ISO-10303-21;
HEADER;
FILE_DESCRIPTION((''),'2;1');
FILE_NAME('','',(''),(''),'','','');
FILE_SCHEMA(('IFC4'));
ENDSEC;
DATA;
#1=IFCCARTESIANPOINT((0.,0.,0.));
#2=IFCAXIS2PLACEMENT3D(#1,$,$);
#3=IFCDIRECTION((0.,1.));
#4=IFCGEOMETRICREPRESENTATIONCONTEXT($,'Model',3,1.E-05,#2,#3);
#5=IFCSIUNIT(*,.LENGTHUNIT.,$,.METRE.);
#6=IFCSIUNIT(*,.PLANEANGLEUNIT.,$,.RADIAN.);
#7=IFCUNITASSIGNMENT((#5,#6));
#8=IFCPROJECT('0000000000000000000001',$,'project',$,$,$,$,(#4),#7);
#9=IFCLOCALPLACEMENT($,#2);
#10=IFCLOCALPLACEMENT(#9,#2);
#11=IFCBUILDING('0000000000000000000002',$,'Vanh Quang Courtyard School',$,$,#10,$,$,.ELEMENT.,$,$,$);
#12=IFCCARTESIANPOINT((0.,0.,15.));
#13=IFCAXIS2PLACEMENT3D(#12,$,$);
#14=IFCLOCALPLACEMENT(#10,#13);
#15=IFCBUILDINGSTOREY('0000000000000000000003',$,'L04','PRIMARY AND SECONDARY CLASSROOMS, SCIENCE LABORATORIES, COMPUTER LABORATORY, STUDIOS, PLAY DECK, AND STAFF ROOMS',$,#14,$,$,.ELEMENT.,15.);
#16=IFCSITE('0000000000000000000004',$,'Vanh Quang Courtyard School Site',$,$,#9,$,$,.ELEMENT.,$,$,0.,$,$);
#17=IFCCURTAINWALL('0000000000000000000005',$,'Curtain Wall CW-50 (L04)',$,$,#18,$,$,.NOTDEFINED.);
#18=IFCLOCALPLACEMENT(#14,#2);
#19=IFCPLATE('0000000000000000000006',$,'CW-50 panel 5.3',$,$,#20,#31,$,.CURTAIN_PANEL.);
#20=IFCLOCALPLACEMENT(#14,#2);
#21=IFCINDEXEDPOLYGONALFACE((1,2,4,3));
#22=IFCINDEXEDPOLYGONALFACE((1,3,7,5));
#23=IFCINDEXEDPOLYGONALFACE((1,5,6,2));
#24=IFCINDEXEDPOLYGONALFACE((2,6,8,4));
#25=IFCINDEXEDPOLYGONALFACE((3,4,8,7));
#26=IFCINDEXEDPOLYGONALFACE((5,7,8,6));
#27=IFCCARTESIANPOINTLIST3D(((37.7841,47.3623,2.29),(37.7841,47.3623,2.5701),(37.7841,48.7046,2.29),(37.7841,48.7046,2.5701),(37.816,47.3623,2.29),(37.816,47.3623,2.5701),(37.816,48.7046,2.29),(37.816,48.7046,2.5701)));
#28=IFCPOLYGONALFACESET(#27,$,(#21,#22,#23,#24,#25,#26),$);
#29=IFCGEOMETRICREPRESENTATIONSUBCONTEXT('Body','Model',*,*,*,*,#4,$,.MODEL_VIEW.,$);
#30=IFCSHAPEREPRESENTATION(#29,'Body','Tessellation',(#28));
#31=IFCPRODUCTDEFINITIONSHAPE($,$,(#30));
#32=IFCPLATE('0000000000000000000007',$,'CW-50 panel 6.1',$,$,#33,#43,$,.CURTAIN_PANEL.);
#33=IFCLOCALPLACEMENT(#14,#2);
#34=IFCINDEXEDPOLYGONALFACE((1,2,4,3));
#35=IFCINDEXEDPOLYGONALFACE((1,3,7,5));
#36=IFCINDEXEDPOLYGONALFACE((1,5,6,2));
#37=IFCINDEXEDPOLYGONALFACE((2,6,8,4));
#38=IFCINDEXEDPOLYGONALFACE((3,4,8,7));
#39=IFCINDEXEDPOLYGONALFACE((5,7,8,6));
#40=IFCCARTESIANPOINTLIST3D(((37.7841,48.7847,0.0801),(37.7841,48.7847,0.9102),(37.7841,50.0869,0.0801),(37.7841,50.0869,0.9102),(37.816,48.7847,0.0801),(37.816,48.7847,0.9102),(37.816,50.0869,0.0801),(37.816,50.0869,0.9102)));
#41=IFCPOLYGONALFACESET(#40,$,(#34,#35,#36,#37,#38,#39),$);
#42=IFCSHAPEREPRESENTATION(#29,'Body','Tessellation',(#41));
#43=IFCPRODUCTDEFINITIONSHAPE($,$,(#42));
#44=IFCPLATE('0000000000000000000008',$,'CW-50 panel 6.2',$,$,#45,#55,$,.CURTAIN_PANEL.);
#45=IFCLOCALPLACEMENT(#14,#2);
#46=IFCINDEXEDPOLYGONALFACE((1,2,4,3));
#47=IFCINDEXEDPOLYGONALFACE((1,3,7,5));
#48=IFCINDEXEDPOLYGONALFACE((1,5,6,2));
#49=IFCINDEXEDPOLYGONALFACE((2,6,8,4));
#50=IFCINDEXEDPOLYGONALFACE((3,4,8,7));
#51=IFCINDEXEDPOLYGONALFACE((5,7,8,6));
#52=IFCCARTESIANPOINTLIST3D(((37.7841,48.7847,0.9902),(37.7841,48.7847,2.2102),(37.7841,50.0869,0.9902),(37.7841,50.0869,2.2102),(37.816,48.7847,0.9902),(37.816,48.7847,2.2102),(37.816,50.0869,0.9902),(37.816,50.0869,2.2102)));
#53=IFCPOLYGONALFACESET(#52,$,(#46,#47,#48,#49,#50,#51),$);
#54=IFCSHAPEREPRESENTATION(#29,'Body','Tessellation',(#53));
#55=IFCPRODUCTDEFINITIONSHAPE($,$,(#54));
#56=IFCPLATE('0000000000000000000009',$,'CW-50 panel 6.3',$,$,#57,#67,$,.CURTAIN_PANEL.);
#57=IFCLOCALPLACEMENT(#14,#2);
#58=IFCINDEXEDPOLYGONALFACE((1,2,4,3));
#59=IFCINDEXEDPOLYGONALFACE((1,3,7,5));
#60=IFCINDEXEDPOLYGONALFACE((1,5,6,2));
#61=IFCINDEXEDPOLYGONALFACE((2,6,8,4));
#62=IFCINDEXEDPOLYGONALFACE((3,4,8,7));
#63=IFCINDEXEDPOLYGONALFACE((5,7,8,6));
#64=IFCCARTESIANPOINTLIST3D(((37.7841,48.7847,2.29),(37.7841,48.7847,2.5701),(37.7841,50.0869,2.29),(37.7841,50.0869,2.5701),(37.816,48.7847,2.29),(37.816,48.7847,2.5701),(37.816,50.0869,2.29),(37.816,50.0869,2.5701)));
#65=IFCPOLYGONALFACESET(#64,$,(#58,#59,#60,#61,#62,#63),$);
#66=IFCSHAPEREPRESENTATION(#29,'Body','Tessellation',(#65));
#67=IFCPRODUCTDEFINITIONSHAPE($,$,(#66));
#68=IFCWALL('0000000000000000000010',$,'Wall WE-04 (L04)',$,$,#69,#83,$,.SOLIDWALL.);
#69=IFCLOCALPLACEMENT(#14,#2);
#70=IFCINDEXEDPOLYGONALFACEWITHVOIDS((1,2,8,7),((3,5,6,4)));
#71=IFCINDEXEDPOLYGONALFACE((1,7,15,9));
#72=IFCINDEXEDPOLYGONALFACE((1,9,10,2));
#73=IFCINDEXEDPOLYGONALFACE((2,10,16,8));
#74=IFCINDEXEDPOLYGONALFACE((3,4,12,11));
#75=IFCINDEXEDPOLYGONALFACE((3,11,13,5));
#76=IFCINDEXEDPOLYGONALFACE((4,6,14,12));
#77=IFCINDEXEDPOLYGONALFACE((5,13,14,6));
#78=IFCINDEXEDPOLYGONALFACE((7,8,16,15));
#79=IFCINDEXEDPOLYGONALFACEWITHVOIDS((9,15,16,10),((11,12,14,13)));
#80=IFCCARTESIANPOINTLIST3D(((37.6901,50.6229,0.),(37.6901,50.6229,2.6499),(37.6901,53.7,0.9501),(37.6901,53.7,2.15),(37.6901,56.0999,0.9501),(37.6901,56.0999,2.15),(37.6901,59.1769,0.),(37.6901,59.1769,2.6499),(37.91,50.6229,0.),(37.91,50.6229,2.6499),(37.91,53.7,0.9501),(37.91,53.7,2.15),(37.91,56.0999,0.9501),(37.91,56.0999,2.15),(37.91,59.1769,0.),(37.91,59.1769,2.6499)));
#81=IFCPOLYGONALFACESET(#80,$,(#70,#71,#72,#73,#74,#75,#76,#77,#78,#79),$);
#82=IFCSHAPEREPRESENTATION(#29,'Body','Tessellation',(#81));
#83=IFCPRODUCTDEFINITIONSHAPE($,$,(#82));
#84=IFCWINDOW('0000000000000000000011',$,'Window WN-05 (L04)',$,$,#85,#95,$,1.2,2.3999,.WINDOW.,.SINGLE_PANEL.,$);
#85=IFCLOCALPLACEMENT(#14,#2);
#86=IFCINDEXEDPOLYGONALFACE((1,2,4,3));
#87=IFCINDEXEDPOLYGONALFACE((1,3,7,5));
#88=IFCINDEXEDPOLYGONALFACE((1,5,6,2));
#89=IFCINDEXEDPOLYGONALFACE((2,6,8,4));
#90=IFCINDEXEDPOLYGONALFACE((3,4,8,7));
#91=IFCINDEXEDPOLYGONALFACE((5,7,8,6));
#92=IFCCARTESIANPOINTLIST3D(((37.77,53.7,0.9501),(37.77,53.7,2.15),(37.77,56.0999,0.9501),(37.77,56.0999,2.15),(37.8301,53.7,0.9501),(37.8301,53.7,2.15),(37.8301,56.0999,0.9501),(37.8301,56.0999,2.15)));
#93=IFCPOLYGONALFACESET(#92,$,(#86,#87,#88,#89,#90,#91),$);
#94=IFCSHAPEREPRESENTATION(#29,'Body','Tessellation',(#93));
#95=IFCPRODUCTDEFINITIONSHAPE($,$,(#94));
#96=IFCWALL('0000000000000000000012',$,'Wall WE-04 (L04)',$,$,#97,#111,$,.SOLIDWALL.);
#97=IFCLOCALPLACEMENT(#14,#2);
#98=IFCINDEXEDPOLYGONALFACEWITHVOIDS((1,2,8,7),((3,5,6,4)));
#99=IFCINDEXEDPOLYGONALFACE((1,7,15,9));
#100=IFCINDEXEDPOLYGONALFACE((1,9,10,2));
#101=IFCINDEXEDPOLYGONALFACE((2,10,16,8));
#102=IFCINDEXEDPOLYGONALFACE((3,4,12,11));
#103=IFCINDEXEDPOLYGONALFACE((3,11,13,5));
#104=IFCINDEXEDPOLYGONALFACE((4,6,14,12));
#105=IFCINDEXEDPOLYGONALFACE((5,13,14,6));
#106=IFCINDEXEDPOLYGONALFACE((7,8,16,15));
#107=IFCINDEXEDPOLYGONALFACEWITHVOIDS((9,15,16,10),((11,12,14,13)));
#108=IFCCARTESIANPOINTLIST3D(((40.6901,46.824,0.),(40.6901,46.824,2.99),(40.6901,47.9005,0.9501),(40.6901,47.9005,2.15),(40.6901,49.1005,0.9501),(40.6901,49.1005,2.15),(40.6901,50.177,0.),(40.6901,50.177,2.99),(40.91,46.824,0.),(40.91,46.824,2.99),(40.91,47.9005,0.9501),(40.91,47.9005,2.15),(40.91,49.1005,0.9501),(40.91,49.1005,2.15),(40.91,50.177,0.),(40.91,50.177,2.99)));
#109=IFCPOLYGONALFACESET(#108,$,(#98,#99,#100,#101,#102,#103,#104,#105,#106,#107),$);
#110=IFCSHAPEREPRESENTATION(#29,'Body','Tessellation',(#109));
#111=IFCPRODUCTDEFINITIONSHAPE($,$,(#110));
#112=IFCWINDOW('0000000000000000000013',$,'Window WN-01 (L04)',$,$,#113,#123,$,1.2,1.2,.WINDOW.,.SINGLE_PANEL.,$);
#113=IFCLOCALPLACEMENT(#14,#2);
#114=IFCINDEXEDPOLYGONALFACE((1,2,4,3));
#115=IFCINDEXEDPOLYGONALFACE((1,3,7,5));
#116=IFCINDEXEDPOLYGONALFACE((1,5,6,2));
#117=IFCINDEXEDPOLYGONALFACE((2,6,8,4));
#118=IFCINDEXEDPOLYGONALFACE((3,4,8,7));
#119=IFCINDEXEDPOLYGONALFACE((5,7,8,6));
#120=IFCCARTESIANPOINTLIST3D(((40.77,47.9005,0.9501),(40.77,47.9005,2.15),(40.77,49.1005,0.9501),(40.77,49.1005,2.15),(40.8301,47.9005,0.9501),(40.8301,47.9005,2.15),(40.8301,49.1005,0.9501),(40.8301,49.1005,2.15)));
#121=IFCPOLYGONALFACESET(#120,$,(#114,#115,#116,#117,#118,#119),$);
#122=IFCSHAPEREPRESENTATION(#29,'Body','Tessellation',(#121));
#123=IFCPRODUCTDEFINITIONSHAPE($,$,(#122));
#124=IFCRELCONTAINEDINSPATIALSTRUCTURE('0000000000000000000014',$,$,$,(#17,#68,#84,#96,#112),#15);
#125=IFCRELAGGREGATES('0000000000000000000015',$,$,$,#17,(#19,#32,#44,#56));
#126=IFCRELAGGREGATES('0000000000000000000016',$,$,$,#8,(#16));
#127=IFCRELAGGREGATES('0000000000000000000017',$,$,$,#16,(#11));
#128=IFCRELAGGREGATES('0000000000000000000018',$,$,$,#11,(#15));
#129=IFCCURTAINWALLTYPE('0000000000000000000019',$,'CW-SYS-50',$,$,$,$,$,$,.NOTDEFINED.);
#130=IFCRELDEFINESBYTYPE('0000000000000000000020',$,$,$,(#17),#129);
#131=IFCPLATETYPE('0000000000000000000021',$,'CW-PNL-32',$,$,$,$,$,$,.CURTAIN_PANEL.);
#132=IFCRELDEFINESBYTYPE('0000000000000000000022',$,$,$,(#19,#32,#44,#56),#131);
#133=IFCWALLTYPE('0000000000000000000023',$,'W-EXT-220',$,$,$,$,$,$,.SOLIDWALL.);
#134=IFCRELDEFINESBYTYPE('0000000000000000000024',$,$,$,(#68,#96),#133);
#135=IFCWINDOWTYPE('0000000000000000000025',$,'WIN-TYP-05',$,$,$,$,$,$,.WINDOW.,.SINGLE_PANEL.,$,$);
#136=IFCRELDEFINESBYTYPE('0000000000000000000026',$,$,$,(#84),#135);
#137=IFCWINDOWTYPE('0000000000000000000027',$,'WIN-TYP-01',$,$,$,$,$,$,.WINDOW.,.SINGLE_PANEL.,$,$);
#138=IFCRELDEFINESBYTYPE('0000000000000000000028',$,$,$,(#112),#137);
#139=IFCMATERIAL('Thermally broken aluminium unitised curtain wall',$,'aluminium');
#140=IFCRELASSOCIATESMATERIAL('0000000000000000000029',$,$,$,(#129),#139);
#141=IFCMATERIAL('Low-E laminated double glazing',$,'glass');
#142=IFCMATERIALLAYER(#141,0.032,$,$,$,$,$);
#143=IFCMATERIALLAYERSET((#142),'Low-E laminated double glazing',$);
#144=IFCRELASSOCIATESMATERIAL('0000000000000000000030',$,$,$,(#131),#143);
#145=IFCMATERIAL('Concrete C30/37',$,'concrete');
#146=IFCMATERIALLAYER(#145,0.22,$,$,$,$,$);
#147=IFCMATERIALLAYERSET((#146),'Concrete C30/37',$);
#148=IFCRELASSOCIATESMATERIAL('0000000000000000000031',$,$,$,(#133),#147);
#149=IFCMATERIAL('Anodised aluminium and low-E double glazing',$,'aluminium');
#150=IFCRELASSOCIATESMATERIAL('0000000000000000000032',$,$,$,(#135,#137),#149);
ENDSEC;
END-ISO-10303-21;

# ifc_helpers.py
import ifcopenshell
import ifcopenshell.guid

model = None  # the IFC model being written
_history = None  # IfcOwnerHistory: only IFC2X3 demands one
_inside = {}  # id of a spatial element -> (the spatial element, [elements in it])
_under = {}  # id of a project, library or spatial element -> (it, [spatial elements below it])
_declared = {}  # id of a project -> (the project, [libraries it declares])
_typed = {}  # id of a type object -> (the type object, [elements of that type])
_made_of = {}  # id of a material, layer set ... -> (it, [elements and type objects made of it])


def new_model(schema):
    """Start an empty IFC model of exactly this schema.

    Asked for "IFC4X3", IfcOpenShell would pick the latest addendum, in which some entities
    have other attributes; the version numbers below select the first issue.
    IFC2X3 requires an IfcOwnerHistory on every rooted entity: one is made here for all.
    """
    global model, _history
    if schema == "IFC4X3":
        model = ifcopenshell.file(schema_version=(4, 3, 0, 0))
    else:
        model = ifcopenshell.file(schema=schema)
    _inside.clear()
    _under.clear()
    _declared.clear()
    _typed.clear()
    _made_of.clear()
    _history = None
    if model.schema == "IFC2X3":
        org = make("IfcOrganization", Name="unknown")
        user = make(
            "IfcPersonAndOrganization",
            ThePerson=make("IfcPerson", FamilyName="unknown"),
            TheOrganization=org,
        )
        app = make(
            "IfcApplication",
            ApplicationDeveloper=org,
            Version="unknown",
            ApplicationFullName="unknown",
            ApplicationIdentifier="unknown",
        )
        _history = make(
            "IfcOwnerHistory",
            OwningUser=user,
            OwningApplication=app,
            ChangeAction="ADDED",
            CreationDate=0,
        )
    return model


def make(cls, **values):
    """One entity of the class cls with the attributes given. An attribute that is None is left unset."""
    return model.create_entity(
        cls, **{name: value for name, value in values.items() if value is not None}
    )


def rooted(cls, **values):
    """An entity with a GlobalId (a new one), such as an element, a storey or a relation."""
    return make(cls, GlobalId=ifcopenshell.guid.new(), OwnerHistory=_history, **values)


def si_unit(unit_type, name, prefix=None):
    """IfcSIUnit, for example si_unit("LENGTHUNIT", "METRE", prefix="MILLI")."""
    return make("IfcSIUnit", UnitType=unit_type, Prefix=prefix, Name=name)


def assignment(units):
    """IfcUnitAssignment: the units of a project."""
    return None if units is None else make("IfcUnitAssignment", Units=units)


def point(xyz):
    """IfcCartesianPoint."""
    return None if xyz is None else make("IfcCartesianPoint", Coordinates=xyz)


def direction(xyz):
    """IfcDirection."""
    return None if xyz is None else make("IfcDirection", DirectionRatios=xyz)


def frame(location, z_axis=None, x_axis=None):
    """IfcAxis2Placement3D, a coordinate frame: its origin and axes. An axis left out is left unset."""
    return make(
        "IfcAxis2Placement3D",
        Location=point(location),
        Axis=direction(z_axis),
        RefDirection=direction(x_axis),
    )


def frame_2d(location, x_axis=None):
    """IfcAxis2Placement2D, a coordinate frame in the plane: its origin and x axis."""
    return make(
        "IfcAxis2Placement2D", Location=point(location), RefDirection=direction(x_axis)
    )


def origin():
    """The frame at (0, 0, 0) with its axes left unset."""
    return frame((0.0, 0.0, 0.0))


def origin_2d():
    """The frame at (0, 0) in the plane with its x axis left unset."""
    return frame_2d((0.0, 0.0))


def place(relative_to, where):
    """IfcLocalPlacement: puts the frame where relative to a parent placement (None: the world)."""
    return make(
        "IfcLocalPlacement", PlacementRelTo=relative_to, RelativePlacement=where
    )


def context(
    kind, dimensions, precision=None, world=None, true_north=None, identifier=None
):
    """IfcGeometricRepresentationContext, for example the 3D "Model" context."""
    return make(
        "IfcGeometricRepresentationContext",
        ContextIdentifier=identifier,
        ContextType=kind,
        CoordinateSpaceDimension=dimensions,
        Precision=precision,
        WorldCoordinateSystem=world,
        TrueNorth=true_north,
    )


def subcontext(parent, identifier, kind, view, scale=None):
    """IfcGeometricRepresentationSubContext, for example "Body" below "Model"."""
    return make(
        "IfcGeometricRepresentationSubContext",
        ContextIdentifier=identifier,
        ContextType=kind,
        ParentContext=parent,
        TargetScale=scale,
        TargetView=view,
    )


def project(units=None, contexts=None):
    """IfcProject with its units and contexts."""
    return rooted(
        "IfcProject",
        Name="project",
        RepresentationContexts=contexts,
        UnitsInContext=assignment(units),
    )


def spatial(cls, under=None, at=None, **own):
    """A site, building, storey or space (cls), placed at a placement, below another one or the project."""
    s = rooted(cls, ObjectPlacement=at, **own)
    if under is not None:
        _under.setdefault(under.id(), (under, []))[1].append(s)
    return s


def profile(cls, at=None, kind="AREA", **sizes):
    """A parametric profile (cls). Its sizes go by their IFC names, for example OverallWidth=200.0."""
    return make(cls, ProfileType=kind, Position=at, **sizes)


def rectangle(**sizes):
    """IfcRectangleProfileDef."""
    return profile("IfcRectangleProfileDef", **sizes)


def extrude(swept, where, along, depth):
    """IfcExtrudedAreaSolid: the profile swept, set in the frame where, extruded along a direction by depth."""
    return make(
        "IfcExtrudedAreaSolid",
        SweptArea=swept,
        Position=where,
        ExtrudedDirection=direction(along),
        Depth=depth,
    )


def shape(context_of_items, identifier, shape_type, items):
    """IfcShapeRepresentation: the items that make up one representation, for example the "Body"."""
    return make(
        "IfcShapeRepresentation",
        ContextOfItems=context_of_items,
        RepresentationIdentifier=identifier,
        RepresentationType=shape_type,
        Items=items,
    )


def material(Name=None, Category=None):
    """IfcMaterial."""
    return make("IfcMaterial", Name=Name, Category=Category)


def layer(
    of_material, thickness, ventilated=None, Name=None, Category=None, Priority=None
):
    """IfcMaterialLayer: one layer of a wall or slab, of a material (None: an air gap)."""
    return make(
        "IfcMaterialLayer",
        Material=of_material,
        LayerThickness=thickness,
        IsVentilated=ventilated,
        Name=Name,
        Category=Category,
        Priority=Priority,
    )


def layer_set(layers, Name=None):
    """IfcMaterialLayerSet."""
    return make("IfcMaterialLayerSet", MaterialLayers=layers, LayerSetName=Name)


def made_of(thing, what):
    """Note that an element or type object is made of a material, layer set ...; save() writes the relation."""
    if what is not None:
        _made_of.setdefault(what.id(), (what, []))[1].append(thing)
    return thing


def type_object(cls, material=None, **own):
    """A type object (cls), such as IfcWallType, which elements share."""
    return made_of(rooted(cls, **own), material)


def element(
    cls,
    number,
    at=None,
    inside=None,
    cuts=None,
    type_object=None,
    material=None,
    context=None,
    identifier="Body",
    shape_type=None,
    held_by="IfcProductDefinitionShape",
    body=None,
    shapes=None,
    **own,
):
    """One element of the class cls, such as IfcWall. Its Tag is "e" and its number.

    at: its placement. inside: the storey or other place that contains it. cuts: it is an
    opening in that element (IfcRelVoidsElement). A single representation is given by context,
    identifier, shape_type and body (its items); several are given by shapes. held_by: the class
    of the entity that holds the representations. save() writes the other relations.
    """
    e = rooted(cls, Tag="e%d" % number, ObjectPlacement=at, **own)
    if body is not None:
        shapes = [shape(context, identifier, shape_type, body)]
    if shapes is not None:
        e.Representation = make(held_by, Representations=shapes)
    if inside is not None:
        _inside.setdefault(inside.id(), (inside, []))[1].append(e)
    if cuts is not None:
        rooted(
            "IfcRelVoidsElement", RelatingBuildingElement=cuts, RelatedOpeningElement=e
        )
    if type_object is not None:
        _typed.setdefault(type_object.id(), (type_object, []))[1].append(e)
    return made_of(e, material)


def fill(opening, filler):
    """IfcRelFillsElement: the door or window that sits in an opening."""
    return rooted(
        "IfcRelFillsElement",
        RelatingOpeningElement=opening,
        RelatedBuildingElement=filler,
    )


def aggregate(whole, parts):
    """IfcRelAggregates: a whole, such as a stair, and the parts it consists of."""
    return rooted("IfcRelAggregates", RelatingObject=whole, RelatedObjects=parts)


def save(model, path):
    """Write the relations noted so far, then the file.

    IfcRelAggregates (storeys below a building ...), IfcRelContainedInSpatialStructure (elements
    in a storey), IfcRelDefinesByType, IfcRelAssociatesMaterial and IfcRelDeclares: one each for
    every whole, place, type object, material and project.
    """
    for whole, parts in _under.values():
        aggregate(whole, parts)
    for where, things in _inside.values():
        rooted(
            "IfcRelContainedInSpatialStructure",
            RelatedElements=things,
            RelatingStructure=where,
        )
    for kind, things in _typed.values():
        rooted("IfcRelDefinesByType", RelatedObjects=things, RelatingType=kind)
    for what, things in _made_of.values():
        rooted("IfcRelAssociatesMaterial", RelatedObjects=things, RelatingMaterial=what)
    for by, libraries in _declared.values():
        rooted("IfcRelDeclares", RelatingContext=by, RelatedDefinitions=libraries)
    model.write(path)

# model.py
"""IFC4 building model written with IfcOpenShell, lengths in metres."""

from ifc_helpers import new_model, si_unit, direction, frame, frame_2d, origin, origin_2d, place, context, subcontext, project, spatial, rectangle, extrude, material, layer, layer_set, type_object, element, fill, aggregate, save


model = new_model("IFC4")

# Units and contexts
model_context = context("Model", 3, precision=1e-05, world=origin(), true_north=direction((0.0, 1.0)))
body_context = subcontext(model_context, "Body", "Model", "MODEL_VIEW")
ifc_project = project(units=[si_unit("LENGTHUNIT", "METRE"), si_unit("PLANEANGLEUNIT", "RADIAN")], contexts=[model_context])

# Site, building, storey
site_placement = place(None, origin())
site = spatial("IfcSite", under=ifc_project, at=site_placement, Name="Vanh Quang Courtyard School Site", CompositionType="ELEMENT", RefElevation=0.0)
building_placement = place(site_placement, origin())
building = spatial("IfcBuilding", under=site, at=building_placement, Name="Vanh Quang Courtyard School", CompositionType="ELEMENT")
storey_placement = place(building_placement, frame((0.0, 0.0, 15.0)))
storey = spatial("IfcBuildingStorey", under=building, at=storey_placement, Name="L04", Description="PRIMARY AND SECONDARY CLASSROOMS, SCIENCE LABORATORIES, COMPUTER LABORATORY, STUDIOS, PLAY DECK, AND STAFF ROOMS", CompositionType="ELEMENT", Elevation=15.0)

# Shared definitions
ifc_material_1 = material(Name="Thermally broken aluminium unitised curtain wall", Category="aluminium")
curtain_wall_type = type_object("IfcCurtainWallType", Name="CW-SYS-50", PredefinedType="NOTDEFINED", material=ifc_material_1)

# Curtain wall
curtain_wall_1_placement = place(storey_placement, origin())
curtain_wall_1 = element("IfcCurtainWall", 1, at=curtain_wall_1_placement, inside=storey, type_object=curtain_wall_type, Name="Curtain Wall CW-50 (L04)", PredefinedType="NOTDEFINED")

# Plates
ifc_material_2 = material(Name="Low-E laminated double glazing", Category="glass")
ifc_layer_1 = layer(ifc_material_2, 0.032)
ifc_layer_set_1 = layer_set([ifc_layer_1], Name="Low-E laminated double glazing")
plate_type_1 = type_object("IfcPlateType", Name="CW-PNL-32", PredefinedType="CURTAIN_PANEL", material=ifc_layer_set_1)
plate_1_placement = place(storey_placement, frame((37.8, 48.0334, 2.29), z_axis=(0.0, 0.0, 1.0), x_axis=(0.0, 1.0, 0.0)))
plate_1 = element("IfcPlate", 2, at=plate_1_placement, type_object=plate_type_1, Name="CW-50 panel 5.3", PredefinedType="CURTAIN_PANEL", context=body_context, shape_type="SweptSolid", body=[
    extrude(rectangle(XDim=1.3423, YDim=0.032, at=origin_2d()), origin(), (0.0, 0.0, 1.0), 0.28),
])
plate_2_placement = place(storey_placement, frame((37.8, 49.4358, 0.0801), z_axis=(0.0, 0.0, 1.0), x_axis=(0.0, 1.0, 0.0)))
plate_2 = element("IfcPlate", 3, at=plate_2_placement, type_object=plate_type_1, Name="CW-50 panel 6.1", PredefinedType="CURTAIN_PANEL", context=body_context, shape_type="SweptSolid", body=[
    extrude(rectangle(XDim=1.3022, YDim=0.032, at=origin_2d()), origin(), (0.0, 0.0, 1.0), 0.8301),
])
plate_3_placement = place(storey_placement, frame((37.8, 49.4358, 0.9902), z_axis=(0.0, 0.0, 1.0), x_axis=(0.0, 1.0, 0.0)))
plate_3 = element("IfcPlate", 4, at=plate_3_placement, type_object=plate_type_1, Name="CW-50 panel 6.2", PredefinedType="CURTAIN_PANEL", context=body_context, shape_type="SweptSolid", body=[
    extrude(rectangle(XDim=1.3022, YDim=0.032, at=origin_2d()), origin(), (0.0, 0.0, 1.0), 1.22),
])
plate_4_placement = place(storey_placement, frame((37.8, 49.4358, 2.29), z_axis=(0.0, 0.0, 1.0), x_axis=(0.0, 1.0, 0.0)))
plate_4 = element("IfcPlate", 5, at=plate_4_placement, type_object=plate_type_1, Name="CW-50 panel 6.3", PredefinedType="CURTAIN_PANEL", context=body_context, shape_type="SweptSolid", body=[
    extrude(rectangle(XDim=1.3022, YDim=0.032, at=origin_2d()), origin(), (0.0, 0.0, 1.0), 0.28),
])
aggregate(curtain_wall_1, [plate_1, plate_2, plate_3, plate_4])

# Walls, openings, windows
ifc_material_3 = material(Name="Concrete C30/37", Category="concrete")
ifc_layer_2 = layer(ifc_material_3, 0.22)
ifc_layer_set_2 = layer_set([ifc_layer_2], Name="Concrete C30/37")
wall_type = type_object("IfcWallType", Name="W-EXT-220", PredefinedType="SOLIDWALL", material=ifc_layer_set_2)
wall_1_placement = place(storey_placement, frame((37.8, 50.623, 0.0), z_axis=(0.0, 0.0, 1.0), x_axis=(0.0, 1.0, 0.0)))
wall_1 = element("IfcWall", 6, at=wall_1_placement, inside=storey, type_object=wall_type, Name="Wall WE-04 (L04)", PredefinedType="SOLIDWALL", context=body_context, shape_type="SweptSolid", body=[
    extrude(rectangle(XDim=8.554, YDim=0.22, at=frame_2d((4.2769, 0.0))), origin(), (0.0, 0.0, 1.0), 2.6499),
])
opening_1_placement = place(wall_1_placement, frame((3.0769, 0.0, 0.95)))
opening_1 = element("IfcOpeningElement", 7, at=opening_1_placement, cuts=wall_1, PredefinedType="OPENING", context=body_context, shape_type="SweptSolid", body=[
    extrude(rectangle(XDim=2.3999, YDim=1.2, at=frame_2d((1.2, 0.6001))), frame((0.0, 0.1201, 0.0), z_axis=(0.0, -1.0, 0.0), x_axis=(1.0, 0.0, 0.0)), (0.0, 0.0, 1.0), 0.24),
])
ifc_material_4 = material(Name="Anodised aluminium and low-E double glazing", Category="aluminium")
window_type_1 = type_object("IfcWindowType", Name="WIN-TYP-05", PartitioningType="SINGLE_PANEL", PredefinedType="WINDOW", material=ifc_material_4)
window_1_placement = place(opening_1_placement, origin())
window_1 = element("IfcWindow", 8, at=window_1_placement, inside=storey, type_object=window_type_1, Name="Window WN-05 (L04)", OverallHeight=1.2, OverallWidth=2.3999, PartitioningType="SINGLE_PANEL", PredefinedType="WINDOW", context=body_context, shape_type="SweptSolid", body=[
    extrude(rectangle(XDim=2.3999, YDim=1.2, at=frame_2d((1.2, 0.6001))), frame((0.0, 0.03, 0.0), z_axis=(0.0, -1.0, 0.0), x_axis=(1.0, 0.0, 0.0)), (0.0, 0.0, 1.0), 0.0601),
])
fill(opening_1, window_1)
wall_2_placement = place(storey_placement, frame((40.8, 50.177, 0.0), z_axis=(0.0, 0.0, 1.0), x_axis=(0.0, -1.0, 0.0)))
wall_2 = element("IfcWall", 9, at=wall_2_placement, inside=storey, type_object=wall_type, Name="Wall WE-04 (L04)", PredefinedType="SOLIDWALL", context=body_context, shape_type="SweptSolid", body=[
    extrude(rectangle(XDim=3.353, YDim=0.22, at=frame_2d((1.6765, 0.0))), origin(), (0.0, 0.0, 1.0), 2.99),
])
opening_2_placement = place(wall_2_placement, frame((1.0764, 0.0, 0.95)))
opening_2 = element("IfcOpeningElement", 10, at=opening_2_placement, cuts=wall_2, PredefinedType="OPENING", context=body_context, shape_type="SweptSolid", body=[
    extrude(rectangle(XDim=1.2, YDim=1.2, at=frame_2d((0.6001, 0.6001))), frame((0.0, 0.1201, 0.0), z_axis=(0.0, -1.0, 0.0), x_axis=(1.0, 0.0, 0.0)), (0.0, 0.0, 1.0), 0.24),
])
window_type_2 = type_object("IfcWindowType", Name="WIN-TYP-01", PartitioningType="SINGLE_PANEL", PredefinedType="WINDOW", material=ifc_material_4)
window_2_placement = place(opening_2_placement, origin())
window_2 = element("IfcWindow", 11, at=window_2_placement, inside=storey, type_object=window_type_2, Name="Window WN-01 (L04)", OverallHeight=1.2, OverallWidth=1.2, PartitioningType="SINGLE_PANEL", PredefinedType="WINDOW", context=body_context, shape_type="SweptSolid", body=[
    extrude(rectangle(XDim=1.2, YDim=1.2, at=frame_2d((0.6001, 0.6001))), frame((0.0, 0.03, 0.0), z_axis=(0.0, -1.0, 0.0), x_axis=(1.0, 0.0, 0.0)), (0.0, 0.0, 1.0), 0.0601),
])
fill(opening_2, window_2)

save(model, "model.ifc")
